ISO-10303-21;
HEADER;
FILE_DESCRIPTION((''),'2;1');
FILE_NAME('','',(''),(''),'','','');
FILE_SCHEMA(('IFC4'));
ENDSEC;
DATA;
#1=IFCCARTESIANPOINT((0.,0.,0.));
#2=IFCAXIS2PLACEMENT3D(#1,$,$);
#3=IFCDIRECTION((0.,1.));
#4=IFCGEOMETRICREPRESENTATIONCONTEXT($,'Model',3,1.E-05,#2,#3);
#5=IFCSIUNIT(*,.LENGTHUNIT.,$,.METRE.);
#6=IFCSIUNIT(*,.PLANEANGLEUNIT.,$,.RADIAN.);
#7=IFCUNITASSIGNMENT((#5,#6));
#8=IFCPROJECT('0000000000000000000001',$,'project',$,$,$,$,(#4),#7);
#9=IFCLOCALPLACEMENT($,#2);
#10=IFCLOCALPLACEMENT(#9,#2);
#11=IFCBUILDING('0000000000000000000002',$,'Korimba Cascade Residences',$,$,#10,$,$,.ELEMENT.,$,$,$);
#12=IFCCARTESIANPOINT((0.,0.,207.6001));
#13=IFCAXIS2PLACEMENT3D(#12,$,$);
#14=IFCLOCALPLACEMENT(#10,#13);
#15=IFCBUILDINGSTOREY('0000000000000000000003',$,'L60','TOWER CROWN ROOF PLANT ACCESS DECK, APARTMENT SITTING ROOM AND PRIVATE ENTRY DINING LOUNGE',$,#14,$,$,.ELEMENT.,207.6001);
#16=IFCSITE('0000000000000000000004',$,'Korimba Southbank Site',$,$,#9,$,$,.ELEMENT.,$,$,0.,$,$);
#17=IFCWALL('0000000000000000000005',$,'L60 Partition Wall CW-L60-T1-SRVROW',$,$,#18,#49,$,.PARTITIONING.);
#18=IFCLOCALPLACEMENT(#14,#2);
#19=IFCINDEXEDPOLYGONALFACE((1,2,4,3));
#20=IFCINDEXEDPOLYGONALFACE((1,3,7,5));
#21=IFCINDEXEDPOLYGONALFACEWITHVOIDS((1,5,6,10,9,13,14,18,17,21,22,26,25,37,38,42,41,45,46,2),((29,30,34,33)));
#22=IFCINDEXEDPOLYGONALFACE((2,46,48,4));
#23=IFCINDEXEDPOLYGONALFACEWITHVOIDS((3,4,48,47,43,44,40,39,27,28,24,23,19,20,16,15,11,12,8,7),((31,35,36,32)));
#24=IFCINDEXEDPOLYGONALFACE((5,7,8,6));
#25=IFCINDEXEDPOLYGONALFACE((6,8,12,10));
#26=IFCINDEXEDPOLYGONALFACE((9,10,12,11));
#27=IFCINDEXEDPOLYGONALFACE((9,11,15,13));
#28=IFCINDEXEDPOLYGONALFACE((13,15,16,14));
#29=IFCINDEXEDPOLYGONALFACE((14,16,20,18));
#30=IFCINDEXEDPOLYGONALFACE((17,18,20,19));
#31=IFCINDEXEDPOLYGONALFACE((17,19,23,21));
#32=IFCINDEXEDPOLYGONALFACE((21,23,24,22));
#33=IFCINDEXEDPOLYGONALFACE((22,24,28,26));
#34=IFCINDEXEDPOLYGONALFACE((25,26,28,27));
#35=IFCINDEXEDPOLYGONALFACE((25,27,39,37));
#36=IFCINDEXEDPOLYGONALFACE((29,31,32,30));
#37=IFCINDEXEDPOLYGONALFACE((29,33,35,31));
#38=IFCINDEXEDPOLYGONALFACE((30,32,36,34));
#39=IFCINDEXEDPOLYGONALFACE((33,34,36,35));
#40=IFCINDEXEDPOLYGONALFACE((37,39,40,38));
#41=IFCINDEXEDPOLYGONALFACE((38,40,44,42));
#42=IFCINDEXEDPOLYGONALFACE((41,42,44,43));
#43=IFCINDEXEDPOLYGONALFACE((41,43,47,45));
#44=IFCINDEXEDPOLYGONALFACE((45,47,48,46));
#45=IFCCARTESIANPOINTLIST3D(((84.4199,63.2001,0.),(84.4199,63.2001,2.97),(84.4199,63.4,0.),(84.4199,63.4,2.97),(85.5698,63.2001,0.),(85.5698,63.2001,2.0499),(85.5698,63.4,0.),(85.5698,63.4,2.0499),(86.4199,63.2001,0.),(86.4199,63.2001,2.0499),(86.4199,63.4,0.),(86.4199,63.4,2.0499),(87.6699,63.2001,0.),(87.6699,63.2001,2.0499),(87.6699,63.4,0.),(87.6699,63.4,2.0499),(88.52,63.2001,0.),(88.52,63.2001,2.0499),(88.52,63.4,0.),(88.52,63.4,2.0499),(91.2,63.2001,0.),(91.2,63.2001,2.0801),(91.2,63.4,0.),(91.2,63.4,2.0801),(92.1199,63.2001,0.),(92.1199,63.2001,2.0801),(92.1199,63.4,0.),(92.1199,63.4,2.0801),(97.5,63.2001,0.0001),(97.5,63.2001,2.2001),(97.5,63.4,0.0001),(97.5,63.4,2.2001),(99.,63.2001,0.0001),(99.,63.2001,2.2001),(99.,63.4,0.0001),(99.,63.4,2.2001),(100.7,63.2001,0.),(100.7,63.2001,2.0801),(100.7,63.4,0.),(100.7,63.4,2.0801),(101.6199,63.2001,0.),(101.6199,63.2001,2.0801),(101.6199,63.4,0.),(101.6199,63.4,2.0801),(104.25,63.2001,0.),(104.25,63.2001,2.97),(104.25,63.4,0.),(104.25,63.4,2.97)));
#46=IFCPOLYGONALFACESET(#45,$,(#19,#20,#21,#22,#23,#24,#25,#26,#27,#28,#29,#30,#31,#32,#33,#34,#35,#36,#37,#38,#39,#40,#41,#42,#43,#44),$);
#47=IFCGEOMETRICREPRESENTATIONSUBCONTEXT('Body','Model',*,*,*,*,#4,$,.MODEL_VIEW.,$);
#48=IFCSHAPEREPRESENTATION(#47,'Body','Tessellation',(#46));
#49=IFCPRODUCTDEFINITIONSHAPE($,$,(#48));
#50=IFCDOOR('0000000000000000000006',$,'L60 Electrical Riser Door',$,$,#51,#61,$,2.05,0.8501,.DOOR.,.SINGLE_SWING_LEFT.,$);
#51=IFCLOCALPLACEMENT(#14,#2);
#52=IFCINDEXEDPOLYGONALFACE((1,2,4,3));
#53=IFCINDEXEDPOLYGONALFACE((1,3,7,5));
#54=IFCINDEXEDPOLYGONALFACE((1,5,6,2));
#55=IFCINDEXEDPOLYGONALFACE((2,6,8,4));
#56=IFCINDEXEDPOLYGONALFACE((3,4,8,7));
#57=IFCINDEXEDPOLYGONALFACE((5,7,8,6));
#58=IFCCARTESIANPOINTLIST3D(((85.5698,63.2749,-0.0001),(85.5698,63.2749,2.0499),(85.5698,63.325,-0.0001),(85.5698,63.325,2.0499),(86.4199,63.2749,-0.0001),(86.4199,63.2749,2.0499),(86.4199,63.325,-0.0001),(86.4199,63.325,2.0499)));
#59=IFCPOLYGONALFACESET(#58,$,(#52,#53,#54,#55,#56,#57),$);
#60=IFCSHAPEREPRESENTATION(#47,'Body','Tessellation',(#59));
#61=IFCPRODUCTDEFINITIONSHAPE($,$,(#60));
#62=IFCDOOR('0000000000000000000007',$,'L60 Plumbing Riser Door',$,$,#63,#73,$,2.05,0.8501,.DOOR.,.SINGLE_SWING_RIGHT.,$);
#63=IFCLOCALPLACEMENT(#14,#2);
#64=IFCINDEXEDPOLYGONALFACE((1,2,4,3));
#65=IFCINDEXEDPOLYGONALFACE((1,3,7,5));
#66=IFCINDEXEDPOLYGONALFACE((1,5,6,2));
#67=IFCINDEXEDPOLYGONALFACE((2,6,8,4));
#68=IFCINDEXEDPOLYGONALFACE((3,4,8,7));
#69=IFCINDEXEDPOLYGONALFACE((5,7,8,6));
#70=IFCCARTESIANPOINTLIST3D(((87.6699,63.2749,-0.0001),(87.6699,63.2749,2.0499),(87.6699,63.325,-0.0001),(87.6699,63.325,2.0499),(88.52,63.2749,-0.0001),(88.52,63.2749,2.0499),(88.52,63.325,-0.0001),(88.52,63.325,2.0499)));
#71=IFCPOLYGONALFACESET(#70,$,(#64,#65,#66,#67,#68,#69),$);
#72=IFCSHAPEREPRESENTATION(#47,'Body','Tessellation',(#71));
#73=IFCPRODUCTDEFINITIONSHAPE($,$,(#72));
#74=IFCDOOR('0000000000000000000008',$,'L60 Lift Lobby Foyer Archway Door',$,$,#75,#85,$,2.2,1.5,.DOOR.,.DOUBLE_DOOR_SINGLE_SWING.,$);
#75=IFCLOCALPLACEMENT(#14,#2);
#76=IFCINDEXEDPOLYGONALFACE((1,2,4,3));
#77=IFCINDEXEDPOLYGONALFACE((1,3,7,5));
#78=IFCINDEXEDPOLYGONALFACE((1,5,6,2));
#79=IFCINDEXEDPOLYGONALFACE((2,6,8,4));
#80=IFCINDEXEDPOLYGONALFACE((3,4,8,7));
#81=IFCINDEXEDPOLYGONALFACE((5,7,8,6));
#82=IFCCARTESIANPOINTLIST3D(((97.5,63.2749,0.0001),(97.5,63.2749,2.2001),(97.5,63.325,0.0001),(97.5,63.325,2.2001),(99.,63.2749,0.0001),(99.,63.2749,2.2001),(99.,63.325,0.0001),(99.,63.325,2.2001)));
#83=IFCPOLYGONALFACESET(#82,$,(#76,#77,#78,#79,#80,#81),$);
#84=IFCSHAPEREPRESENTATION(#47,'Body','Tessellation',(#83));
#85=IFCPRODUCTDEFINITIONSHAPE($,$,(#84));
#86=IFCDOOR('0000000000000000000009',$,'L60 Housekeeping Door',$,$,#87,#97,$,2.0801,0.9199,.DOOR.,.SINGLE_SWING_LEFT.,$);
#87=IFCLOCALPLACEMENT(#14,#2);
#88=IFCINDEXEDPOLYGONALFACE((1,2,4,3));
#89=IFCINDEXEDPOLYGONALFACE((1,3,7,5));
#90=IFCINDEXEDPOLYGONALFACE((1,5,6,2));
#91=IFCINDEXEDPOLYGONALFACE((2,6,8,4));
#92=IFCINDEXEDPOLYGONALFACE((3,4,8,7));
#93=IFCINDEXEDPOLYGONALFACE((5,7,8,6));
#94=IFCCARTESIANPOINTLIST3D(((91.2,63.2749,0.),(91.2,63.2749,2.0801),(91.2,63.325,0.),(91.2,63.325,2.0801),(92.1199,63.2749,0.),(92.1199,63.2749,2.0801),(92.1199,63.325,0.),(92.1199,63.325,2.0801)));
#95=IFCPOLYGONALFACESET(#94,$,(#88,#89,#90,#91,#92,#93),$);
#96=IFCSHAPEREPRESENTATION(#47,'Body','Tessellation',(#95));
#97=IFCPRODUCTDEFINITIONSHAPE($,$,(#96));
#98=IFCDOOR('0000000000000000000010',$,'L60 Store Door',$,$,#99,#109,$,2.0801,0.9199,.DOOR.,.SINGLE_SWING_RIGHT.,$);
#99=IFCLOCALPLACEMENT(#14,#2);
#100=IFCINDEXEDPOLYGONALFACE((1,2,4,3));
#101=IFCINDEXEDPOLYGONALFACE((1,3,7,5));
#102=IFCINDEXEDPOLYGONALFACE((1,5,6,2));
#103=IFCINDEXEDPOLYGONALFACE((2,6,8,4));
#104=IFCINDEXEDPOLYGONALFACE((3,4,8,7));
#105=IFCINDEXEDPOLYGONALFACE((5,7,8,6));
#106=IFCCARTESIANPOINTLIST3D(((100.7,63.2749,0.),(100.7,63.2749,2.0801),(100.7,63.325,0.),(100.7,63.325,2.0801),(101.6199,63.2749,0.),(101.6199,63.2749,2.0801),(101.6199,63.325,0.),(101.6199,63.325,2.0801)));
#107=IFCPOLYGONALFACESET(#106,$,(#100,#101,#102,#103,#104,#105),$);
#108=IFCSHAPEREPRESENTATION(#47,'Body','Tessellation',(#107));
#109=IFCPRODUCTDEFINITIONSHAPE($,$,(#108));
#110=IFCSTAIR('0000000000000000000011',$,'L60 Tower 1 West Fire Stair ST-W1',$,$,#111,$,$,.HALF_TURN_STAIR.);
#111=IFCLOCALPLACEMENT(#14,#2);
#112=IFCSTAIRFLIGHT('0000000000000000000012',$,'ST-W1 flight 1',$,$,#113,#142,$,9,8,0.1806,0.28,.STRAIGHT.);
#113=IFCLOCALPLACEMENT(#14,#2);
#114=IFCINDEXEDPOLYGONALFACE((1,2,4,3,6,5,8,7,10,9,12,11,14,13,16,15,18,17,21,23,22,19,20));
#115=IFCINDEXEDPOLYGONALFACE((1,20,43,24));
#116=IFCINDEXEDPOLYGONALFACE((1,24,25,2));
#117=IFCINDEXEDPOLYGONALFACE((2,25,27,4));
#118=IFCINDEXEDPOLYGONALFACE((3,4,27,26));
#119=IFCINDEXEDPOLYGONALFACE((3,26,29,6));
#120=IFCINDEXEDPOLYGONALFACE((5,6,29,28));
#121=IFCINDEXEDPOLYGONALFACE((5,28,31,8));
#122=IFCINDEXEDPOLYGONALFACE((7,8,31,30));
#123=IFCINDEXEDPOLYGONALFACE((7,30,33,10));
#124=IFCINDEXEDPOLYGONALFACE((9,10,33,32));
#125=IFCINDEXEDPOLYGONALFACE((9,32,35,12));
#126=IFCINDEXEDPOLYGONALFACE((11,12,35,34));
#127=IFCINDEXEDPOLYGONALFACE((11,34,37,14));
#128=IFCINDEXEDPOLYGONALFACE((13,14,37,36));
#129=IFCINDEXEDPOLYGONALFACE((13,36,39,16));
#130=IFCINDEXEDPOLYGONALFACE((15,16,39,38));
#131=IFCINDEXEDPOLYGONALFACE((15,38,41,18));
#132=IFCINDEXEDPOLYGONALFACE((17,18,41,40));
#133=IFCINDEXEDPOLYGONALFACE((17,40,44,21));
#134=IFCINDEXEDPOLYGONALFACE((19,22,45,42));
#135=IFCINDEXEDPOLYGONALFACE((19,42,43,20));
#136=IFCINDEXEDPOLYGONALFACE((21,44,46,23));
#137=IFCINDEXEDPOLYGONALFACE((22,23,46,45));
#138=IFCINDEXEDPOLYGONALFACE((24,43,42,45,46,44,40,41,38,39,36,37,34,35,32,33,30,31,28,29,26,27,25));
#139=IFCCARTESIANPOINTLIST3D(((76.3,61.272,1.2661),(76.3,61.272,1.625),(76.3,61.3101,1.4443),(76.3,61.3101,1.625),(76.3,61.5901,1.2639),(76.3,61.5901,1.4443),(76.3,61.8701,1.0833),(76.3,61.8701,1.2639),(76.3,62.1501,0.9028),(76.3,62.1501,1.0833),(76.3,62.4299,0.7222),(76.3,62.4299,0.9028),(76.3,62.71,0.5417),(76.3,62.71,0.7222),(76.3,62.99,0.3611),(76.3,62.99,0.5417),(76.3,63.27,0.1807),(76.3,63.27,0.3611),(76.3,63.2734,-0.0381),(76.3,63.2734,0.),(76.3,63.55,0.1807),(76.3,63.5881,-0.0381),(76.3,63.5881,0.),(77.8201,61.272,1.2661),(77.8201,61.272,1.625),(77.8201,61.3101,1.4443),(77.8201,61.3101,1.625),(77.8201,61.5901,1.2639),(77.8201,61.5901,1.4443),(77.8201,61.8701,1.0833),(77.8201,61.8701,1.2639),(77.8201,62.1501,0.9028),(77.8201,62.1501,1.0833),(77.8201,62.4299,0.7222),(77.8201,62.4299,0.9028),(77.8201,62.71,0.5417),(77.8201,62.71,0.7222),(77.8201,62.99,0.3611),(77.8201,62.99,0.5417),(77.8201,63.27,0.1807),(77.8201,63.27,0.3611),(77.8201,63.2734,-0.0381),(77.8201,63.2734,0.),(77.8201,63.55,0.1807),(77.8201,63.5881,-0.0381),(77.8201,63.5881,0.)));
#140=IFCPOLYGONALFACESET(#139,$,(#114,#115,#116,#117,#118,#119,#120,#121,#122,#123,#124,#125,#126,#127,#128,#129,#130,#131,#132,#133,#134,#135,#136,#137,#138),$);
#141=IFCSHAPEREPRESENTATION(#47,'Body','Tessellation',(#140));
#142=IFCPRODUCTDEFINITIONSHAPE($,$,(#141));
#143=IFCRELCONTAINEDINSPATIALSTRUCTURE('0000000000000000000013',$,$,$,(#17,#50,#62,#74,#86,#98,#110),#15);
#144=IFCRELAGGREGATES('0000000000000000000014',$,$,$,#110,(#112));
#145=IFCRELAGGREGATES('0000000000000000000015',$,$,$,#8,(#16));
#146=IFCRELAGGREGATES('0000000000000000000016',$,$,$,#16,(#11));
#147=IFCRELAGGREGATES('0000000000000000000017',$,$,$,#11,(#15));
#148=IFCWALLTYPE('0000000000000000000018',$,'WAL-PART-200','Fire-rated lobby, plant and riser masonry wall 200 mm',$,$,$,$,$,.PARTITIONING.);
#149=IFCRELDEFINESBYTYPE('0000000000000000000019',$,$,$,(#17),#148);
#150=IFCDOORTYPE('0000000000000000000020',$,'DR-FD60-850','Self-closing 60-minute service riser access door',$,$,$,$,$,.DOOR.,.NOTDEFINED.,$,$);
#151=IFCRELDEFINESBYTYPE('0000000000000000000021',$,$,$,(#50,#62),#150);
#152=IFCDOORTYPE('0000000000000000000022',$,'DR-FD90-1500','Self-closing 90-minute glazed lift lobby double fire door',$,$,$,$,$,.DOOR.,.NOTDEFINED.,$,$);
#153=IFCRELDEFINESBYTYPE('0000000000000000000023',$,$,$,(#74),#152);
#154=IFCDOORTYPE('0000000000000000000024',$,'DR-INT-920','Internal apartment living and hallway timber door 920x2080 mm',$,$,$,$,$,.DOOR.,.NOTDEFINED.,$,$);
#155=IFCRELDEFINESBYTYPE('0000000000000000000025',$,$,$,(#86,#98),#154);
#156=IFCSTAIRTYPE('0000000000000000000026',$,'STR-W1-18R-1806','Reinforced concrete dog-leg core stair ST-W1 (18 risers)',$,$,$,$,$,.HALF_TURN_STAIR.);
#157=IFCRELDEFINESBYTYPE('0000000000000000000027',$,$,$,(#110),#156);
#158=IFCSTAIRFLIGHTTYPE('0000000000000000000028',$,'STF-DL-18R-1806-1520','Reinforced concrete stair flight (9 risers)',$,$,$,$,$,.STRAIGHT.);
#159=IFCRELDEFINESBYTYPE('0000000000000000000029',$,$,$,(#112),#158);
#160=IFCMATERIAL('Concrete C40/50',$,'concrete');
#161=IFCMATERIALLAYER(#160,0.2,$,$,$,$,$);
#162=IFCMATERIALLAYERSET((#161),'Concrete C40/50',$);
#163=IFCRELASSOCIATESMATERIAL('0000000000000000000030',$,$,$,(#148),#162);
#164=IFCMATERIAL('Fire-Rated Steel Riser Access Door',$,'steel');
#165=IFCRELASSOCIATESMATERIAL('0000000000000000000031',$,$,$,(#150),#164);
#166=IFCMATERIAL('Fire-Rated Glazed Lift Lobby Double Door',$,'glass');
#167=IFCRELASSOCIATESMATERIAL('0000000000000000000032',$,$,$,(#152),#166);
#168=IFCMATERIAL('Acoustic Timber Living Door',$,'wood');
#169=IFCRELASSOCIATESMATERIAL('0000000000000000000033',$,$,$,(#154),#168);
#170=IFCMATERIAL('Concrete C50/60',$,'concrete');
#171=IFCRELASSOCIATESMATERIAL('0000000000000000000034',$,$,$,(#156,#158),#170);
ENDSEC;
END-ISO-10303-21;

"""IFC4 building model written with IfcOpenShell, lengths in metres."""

from ifc_helpers import new_model, si_unit, direction, frame, frame_2d, origin, place, context, subcontext, project, spatial, polyline, rectangle, outline, extrude, material, layer, layer_set, type_object, element, fill, aggregate, save


model = new_model("IFC4")

# Units and contexts
model_context = context("Model", 3, precision=1e-05, world=origin(), true_north=direction((0.0, 1.0)))
body_context = subcontext(model_context, "Body", "Model", "MODEL_VIEW")
ifc_project = project(units=[si_unit("LENGTHUNIT", "METRE"), si_unit("PLANEANGLEUNIT", "RADIAN")], contexts=[model_context])

# Site, building, storey
site_placement = place(None, origin())
site = spatial("IfcSite", under=ifc_project, at=site_placement, Name="Korimba Southbank Site", CompositionType="ELEMENT", RefElevation=0.0)
building_placement = place(site_placement, origin())
building = spatial("IfcBuilding", under=site, at=building_placement, Name="Korimba Cascade Residences", CompositionType="ELEMENT")
storey_placement = place(building_placement, frame((0.0, 0.0, 207.6001)))
storey = spatial("IfcBuildingStorey", under=building, at=storey_placement, Name="L60", Description="TOWER CROWN ROOF PLANT ACCESS DECK, APARTMENT SITTING ROOM AND PRIVATE ENTRY DINING LOUNGE", CompositionType="ELEMENT", Elevation=207.6001)

# Shared definitions
ifc_material_1 = material(Name="Concrete C40/50", Category="concrete")
ifc_layer_1 = layer(ifc_material_1, 0.2)
ifc_layer_set_1 = layer_set([ifc_layer_1], Name="Concrete C40/50")
wall_type_1 = type_object("IfcWallType", Name="WAL-PART-200", Description="Fire-rated lobby, plant and riser masonry wall 200 mm", PredefinedType="PARTITIONING", material=ifc_layer_set_1)

# Wall, openings, doors
wall_1_placement = place(storey_placement, frame((84.4199, 63.3, 0.0), z_axis=(0.0, 0.0, 1.0), x_axis=(1.0, 0.0, 0.0)))
wall_1 = element("IfcWall", 1, at=wall_1_placement, inside=storey, type_object=wall_type_1, Name="L60 Partition Wall CW-L60-T1-SRVROW", PredefinedType="PARTITIONING", context=body_context, shape_type="SweptSolid", body=[
    extrude(rectangle(XDim=19.8301, YDim=0.2, at=frame_2d((9.915, 0.0))), origin(), (0.0, 0.0, 1.0), 2.97),
])
opening_1_placement = place(wall_1_placement, frame((1.1499, 0.0, 0.0)))
opening_1 = element("IfcOpeningElement", 2, at=opening_1_placement, cuts=wall_1, PredefinedType="OPENING", context=body_context, shape_type="SweptSolid", body=[
    extrude(rectangle(XDim=0.8501, YDim=2.05, at=frame_2d((0.425, 1.0249))), frame((0.0, 0.1099, 0.0), z_axis=(0.0, -1.0, 0.0), x_axis=(1.0, 0.0, 0.0)), (0.0, 0.0, 1.0), 0.22),
])
opening_2_placement = place(wall_1_placement, frame((3.25, 0.0, 0.0)))
opening_2 = element("IfcOpeningElement", 3, at=opening_2_placement, cuts=wall_1, PredefinedType="OPENING", context=body_context, shape_type="SweptSolid", body=[
    extrude(rectangle(XDim=0.8501, YDim=2.05, at=frame_2d((0.425, 1.0249))), frame((0.0, 0.1099, 0.0), z_axis=(0.0, -1.0, 0.0), x_axis=(1.0, 0.0, 0.0)), (0.0, 0.0, 1.0), 0.22),
])
opening_3_placement = place(wall_1_placement, frame((13.0801, 0.0, 0.0)))
opening_3 = element("IfcOpeningElement", 4, at=opening_3_placement, cuts=wall_1, PredefinedType="OPENING", context=body_context, shape_type="SweptSolid", body=[
    extrude(rectangle(XDim=1.5, YDim=2.2, at=frame_2d((0.75, 1.1001))), frame((0.0, 0.1099, 0.0), z_axis=(0.0, -1.0, 0.0), x_axis=(1.0, 0.0, 0.0)), (0.0, 0.0, 1.0), 0.22),
])
opening_4_placement = place(wall_1_placement, frame((6.78, 0.0, 0.0)))
opening_4 = element("IfcOpeningElement", 5, at=opening_4_placement, cuts=wall_1, PredefinedType="OPENING", context=body_context, shape_type="SweptSolid", body=[
    extrude(rectangle(XDim=0.9199, YDim=2.0801, at=frame_2d((0.46, 1.04))), frame((0.0, 0.1099, 0.0), z_axis=(0.0, -1.0, 0.0), x_axis=(1.0, 0.0, 0.0)), (0.0, 0.0, 1.0), 0.22),
])
opening_5_placement = place(wall_1_placement, frame((16.28, 0.0, 0.0)))
opening_5 = element("IfcOpeningElement", 6, at=opening_5_placement, cuts=wall_1, PredefinedType="OPENING", context=body_context, shape_type="SweptSolid", body=[
    extrude(rectangle(XDim=0.9199, YDim=2.0801, at=frame_2d((0.46, 1.04))), frame((0.0, 0.1099, 0.0), z_axis=(0.0, -1.0, 0.0), x_axis=(1.0, 0.0, 0.0)), (0.0, 0.0, 1.0), 0.22),
])
ifc_material_2 = material(Name="Fire-Rated Steel Riser Access Door", Category="steel")
door_type_1 = type_object("IfcDoorType", Name="DR-FD60-850", Description="Self-closing 60-minute service riser access door", OperationType="NOTDEFINED", PredefinedType="DOOR", material=ifc_material_2)
door_1_placement = place(opening_1_placement, origin())
door_1 = element("IfcDoor", 7, at=door_1_placement, inside=storey, type_object=door_type_1, Name="L60 Electrical Riser Door", OperationType="SINGLE_SWING_LEFT", OverallHeight=2.05, OverallWidth=0.8501, PredefinedType="DOOR", context=body_context, shape_type="SweptSolid", body=[
    extrude(rectangle(XDim=0.8501, YDim=2.05, at=frame_2d((0.425, 1.0249))), frame((0.0, 0.0249, 0.0), z_axis=(0.0, -1.0, 0.0), x_axis=(1.0, 0.0, 0.0)), (0.0, 0.0, 1.0), 0.05),
])
fill(opening_1, door_1)
door_2_placement = place(opening_2_placement, origin())
door_2 = element("IfcDoor", 8, at=door_2_placement, inside=storey, type_object=door_type_1, Name="L60 Plumbing Riser Door", OperationType="SINGLE_SWING_RIGHT", OverallHeight=2.05, OverallWidth=0.8501, PredefinedType="DOOR", context=body_context, shape_type="SweptSolid", body=[
    extrude(rectangle(XDim=0.8501, YDim=2.05, at=frame_2d((0.425, 1.0249))), frame((0.0, 0.0249, 0.0), z_axis=(0.0, -1.0, 0.0), x_axis=(1.0, 0.0, 0.0)), (0.0, 0.0, 1.0), 0.05),
])
fill(opening_2, door_2)
ifc_material_3 = material(Name="Fire-Rated Glazed Lift Lobby Double Door", Category="glass")
door_type_2 = type_object("IfcDoorType", Name="DR-FD90-1500", Description="Self-closing 90-minute glazed lift lobby double fire door", OperationType="NOTDEFINED", PredefinedType="DOOR", material=ifc_material_3)
door_3_placement = place(opening_3_placement, origin())
door_3 = element("IfcDoor", 9, at=door_3_placement, inside=storey, type_object=door_type_2, Name="L60 Lift Lobby Foyer Archway Door", OperationType="DOUBLE_DOOR_SINGLE_SWING", OverallHeight=2.2, OverallWidth=1.5, PredefinedType="DOOR", context=body_context, shape_type="SweptSolid", body=[
    extrude(rectangle(XDim=1.5, YDim=2.2, at=frame_2d((0.75, 1.1001))), frame((0.0, 0.0249, 0.0), z_axis=(0.0, -1.0, 0.0), x_axis=(1.0, 0.0, 0.0)), (0.0, 0.0, 1.0), 0.05),
])
fill(opening_3, door_3)
ifc_material_4 = material(Name="Acoustic Timber Living Door", Category="wood")
door_type_3 = type_object("IfcDoorType", Name="DR-INT-920", Description="Internal apartment living and hallway timber door 920x2080 mm", OperationType="NOTDEFINED", PredefinedType="DOOR", material=ifc_material_4)
door_4_placement = place(opening_4_placement, origin())
door_4 = element("IfcDoor", 10, at=door_4_placement, inside=storey, type_object=door_type_3, Name="L60 Housekeeping Door", OperationType="SINGLE_SWING_LEFT", OverallHeight=2.0801, OverallWidth=0.9199, PredefinedType="DOOR", context=body_context, shape_type="SweptSolid", body=[
    extrude(rectangle(XDim=0.9199, YDim=2.0801, at=frame_2d((0.46, 1.04))), frame((0.0, 0.0249, 0.0), z_axis=(0.0, -1.0, 0.0), x_axis=(1.0, 0.0, 0.0)), (0.0, 0.0, 1.0), 0.05),
])
fill(opening_4, door_4)
door_5_placement = place(opening_5_placement, origin())
door_5 = element("IfcDoor", 11, at=door_5_placement, inside=storey, type_object=door_type_3, Name="L60 Store Door", OperationType="SINGLE_SWING_RIGHT", OverallHeight=2.0801, OverallWidth=0.9199, PredefinedType="DOOR", context=body_context, shape_type="SweptSolid", body=[
    extrude(rectangle(XDim=0.9199, YDim=2.0801, at=frame_2d((0.46, 1.04))), frame((0.0, 0.0249, 0.0), z_axis=(0.0, -1.0, 0.0), x_axis=(1.0, 0.0, 0.0)), (0.0, 0.0, 1.0), 0.05),
])
fill(opening_5, door_5)

# Stair, stair flight
ifc_material_5 = material(Name="Concrete C50/60", Category="concrete")
stair_type = type_object("IfcStairType", Name="STR-W1-18R-1806", Description="Reinforced concrete dog-leg core stair ST-W1 (18 risers)", PredefinedType="HALF_TURN_STAIR", material=ifc_material_5)
stair_placement = place(storey_placement, origin())
stair = element("IfcStair", 12, at=stair_placement, inside=storey, type_object=stair_type, Name="L60 Tower 1 West Fire Stair ST-W1", PredefinedType="HALF_TURN_STAIR")
stair_flight_type = type_object("IfcStairFlightType", Name="STF-DL-18R-1806-1520", Description="Reinforced concrete stair flight (9 risers)", PredefinedType="STRAIGHT", material=ifc_material_5)
stair_flight_1_placement = place(storey_placement, frame((77.0601, 63.55, 0.0), z_axis=(0.0, 0.0, 1.0), x_axis=(0.0, -1.0, 0.0)))
stair_flight_1 = element("IfcStairFlight", 13, at=stair_flight_1_placement, type_object=stair_flight_type, Name="ST-W1 flight 1", NumberOfRisers=9, NumberOfTreads=8, PredefinedType="STRAIGHT", RiserHeight=0.1806, TreadLength=0.28, context=body_context, shape_type="SweptSolid", body=[
    extrude(outline(polyline([(-0.0381, 0.0), (0.0, 0.1807), (0.28, 0.1807), (0.28, 0.3611), (0.5601, 0.3611), (0.5601, 0.5417), (0.8401, 0.5417), (0.8401, 0.7222), (1.1201, 0.7222), (1.1201, 0.9028), (1.3999, 0.9028), (1.3999, 1.0833), (1.6799, 1.0833), (1.6799, 1.2639), (1.96, 1.2639), (1.96, 1.4443), (2.24, 1.4443), (2.24, 1.625), (2.2781, 1.625), (2.2781, 1.2661), (0.2766, 0.0), (0.2766, -0.0381), (-0.0381, -0.0381), (-0.0381, 0.0)])), frame((0.0, 0.76, 0.0), z_axis=(0.0, -1.0, 0.0), x_axis=(1.0, 0.0, 0.0)), (0.0, 0.0, 1.0), 1.52),
])
aggregate(stair, [stair_flight_1])

save(model, "model.ifc")
